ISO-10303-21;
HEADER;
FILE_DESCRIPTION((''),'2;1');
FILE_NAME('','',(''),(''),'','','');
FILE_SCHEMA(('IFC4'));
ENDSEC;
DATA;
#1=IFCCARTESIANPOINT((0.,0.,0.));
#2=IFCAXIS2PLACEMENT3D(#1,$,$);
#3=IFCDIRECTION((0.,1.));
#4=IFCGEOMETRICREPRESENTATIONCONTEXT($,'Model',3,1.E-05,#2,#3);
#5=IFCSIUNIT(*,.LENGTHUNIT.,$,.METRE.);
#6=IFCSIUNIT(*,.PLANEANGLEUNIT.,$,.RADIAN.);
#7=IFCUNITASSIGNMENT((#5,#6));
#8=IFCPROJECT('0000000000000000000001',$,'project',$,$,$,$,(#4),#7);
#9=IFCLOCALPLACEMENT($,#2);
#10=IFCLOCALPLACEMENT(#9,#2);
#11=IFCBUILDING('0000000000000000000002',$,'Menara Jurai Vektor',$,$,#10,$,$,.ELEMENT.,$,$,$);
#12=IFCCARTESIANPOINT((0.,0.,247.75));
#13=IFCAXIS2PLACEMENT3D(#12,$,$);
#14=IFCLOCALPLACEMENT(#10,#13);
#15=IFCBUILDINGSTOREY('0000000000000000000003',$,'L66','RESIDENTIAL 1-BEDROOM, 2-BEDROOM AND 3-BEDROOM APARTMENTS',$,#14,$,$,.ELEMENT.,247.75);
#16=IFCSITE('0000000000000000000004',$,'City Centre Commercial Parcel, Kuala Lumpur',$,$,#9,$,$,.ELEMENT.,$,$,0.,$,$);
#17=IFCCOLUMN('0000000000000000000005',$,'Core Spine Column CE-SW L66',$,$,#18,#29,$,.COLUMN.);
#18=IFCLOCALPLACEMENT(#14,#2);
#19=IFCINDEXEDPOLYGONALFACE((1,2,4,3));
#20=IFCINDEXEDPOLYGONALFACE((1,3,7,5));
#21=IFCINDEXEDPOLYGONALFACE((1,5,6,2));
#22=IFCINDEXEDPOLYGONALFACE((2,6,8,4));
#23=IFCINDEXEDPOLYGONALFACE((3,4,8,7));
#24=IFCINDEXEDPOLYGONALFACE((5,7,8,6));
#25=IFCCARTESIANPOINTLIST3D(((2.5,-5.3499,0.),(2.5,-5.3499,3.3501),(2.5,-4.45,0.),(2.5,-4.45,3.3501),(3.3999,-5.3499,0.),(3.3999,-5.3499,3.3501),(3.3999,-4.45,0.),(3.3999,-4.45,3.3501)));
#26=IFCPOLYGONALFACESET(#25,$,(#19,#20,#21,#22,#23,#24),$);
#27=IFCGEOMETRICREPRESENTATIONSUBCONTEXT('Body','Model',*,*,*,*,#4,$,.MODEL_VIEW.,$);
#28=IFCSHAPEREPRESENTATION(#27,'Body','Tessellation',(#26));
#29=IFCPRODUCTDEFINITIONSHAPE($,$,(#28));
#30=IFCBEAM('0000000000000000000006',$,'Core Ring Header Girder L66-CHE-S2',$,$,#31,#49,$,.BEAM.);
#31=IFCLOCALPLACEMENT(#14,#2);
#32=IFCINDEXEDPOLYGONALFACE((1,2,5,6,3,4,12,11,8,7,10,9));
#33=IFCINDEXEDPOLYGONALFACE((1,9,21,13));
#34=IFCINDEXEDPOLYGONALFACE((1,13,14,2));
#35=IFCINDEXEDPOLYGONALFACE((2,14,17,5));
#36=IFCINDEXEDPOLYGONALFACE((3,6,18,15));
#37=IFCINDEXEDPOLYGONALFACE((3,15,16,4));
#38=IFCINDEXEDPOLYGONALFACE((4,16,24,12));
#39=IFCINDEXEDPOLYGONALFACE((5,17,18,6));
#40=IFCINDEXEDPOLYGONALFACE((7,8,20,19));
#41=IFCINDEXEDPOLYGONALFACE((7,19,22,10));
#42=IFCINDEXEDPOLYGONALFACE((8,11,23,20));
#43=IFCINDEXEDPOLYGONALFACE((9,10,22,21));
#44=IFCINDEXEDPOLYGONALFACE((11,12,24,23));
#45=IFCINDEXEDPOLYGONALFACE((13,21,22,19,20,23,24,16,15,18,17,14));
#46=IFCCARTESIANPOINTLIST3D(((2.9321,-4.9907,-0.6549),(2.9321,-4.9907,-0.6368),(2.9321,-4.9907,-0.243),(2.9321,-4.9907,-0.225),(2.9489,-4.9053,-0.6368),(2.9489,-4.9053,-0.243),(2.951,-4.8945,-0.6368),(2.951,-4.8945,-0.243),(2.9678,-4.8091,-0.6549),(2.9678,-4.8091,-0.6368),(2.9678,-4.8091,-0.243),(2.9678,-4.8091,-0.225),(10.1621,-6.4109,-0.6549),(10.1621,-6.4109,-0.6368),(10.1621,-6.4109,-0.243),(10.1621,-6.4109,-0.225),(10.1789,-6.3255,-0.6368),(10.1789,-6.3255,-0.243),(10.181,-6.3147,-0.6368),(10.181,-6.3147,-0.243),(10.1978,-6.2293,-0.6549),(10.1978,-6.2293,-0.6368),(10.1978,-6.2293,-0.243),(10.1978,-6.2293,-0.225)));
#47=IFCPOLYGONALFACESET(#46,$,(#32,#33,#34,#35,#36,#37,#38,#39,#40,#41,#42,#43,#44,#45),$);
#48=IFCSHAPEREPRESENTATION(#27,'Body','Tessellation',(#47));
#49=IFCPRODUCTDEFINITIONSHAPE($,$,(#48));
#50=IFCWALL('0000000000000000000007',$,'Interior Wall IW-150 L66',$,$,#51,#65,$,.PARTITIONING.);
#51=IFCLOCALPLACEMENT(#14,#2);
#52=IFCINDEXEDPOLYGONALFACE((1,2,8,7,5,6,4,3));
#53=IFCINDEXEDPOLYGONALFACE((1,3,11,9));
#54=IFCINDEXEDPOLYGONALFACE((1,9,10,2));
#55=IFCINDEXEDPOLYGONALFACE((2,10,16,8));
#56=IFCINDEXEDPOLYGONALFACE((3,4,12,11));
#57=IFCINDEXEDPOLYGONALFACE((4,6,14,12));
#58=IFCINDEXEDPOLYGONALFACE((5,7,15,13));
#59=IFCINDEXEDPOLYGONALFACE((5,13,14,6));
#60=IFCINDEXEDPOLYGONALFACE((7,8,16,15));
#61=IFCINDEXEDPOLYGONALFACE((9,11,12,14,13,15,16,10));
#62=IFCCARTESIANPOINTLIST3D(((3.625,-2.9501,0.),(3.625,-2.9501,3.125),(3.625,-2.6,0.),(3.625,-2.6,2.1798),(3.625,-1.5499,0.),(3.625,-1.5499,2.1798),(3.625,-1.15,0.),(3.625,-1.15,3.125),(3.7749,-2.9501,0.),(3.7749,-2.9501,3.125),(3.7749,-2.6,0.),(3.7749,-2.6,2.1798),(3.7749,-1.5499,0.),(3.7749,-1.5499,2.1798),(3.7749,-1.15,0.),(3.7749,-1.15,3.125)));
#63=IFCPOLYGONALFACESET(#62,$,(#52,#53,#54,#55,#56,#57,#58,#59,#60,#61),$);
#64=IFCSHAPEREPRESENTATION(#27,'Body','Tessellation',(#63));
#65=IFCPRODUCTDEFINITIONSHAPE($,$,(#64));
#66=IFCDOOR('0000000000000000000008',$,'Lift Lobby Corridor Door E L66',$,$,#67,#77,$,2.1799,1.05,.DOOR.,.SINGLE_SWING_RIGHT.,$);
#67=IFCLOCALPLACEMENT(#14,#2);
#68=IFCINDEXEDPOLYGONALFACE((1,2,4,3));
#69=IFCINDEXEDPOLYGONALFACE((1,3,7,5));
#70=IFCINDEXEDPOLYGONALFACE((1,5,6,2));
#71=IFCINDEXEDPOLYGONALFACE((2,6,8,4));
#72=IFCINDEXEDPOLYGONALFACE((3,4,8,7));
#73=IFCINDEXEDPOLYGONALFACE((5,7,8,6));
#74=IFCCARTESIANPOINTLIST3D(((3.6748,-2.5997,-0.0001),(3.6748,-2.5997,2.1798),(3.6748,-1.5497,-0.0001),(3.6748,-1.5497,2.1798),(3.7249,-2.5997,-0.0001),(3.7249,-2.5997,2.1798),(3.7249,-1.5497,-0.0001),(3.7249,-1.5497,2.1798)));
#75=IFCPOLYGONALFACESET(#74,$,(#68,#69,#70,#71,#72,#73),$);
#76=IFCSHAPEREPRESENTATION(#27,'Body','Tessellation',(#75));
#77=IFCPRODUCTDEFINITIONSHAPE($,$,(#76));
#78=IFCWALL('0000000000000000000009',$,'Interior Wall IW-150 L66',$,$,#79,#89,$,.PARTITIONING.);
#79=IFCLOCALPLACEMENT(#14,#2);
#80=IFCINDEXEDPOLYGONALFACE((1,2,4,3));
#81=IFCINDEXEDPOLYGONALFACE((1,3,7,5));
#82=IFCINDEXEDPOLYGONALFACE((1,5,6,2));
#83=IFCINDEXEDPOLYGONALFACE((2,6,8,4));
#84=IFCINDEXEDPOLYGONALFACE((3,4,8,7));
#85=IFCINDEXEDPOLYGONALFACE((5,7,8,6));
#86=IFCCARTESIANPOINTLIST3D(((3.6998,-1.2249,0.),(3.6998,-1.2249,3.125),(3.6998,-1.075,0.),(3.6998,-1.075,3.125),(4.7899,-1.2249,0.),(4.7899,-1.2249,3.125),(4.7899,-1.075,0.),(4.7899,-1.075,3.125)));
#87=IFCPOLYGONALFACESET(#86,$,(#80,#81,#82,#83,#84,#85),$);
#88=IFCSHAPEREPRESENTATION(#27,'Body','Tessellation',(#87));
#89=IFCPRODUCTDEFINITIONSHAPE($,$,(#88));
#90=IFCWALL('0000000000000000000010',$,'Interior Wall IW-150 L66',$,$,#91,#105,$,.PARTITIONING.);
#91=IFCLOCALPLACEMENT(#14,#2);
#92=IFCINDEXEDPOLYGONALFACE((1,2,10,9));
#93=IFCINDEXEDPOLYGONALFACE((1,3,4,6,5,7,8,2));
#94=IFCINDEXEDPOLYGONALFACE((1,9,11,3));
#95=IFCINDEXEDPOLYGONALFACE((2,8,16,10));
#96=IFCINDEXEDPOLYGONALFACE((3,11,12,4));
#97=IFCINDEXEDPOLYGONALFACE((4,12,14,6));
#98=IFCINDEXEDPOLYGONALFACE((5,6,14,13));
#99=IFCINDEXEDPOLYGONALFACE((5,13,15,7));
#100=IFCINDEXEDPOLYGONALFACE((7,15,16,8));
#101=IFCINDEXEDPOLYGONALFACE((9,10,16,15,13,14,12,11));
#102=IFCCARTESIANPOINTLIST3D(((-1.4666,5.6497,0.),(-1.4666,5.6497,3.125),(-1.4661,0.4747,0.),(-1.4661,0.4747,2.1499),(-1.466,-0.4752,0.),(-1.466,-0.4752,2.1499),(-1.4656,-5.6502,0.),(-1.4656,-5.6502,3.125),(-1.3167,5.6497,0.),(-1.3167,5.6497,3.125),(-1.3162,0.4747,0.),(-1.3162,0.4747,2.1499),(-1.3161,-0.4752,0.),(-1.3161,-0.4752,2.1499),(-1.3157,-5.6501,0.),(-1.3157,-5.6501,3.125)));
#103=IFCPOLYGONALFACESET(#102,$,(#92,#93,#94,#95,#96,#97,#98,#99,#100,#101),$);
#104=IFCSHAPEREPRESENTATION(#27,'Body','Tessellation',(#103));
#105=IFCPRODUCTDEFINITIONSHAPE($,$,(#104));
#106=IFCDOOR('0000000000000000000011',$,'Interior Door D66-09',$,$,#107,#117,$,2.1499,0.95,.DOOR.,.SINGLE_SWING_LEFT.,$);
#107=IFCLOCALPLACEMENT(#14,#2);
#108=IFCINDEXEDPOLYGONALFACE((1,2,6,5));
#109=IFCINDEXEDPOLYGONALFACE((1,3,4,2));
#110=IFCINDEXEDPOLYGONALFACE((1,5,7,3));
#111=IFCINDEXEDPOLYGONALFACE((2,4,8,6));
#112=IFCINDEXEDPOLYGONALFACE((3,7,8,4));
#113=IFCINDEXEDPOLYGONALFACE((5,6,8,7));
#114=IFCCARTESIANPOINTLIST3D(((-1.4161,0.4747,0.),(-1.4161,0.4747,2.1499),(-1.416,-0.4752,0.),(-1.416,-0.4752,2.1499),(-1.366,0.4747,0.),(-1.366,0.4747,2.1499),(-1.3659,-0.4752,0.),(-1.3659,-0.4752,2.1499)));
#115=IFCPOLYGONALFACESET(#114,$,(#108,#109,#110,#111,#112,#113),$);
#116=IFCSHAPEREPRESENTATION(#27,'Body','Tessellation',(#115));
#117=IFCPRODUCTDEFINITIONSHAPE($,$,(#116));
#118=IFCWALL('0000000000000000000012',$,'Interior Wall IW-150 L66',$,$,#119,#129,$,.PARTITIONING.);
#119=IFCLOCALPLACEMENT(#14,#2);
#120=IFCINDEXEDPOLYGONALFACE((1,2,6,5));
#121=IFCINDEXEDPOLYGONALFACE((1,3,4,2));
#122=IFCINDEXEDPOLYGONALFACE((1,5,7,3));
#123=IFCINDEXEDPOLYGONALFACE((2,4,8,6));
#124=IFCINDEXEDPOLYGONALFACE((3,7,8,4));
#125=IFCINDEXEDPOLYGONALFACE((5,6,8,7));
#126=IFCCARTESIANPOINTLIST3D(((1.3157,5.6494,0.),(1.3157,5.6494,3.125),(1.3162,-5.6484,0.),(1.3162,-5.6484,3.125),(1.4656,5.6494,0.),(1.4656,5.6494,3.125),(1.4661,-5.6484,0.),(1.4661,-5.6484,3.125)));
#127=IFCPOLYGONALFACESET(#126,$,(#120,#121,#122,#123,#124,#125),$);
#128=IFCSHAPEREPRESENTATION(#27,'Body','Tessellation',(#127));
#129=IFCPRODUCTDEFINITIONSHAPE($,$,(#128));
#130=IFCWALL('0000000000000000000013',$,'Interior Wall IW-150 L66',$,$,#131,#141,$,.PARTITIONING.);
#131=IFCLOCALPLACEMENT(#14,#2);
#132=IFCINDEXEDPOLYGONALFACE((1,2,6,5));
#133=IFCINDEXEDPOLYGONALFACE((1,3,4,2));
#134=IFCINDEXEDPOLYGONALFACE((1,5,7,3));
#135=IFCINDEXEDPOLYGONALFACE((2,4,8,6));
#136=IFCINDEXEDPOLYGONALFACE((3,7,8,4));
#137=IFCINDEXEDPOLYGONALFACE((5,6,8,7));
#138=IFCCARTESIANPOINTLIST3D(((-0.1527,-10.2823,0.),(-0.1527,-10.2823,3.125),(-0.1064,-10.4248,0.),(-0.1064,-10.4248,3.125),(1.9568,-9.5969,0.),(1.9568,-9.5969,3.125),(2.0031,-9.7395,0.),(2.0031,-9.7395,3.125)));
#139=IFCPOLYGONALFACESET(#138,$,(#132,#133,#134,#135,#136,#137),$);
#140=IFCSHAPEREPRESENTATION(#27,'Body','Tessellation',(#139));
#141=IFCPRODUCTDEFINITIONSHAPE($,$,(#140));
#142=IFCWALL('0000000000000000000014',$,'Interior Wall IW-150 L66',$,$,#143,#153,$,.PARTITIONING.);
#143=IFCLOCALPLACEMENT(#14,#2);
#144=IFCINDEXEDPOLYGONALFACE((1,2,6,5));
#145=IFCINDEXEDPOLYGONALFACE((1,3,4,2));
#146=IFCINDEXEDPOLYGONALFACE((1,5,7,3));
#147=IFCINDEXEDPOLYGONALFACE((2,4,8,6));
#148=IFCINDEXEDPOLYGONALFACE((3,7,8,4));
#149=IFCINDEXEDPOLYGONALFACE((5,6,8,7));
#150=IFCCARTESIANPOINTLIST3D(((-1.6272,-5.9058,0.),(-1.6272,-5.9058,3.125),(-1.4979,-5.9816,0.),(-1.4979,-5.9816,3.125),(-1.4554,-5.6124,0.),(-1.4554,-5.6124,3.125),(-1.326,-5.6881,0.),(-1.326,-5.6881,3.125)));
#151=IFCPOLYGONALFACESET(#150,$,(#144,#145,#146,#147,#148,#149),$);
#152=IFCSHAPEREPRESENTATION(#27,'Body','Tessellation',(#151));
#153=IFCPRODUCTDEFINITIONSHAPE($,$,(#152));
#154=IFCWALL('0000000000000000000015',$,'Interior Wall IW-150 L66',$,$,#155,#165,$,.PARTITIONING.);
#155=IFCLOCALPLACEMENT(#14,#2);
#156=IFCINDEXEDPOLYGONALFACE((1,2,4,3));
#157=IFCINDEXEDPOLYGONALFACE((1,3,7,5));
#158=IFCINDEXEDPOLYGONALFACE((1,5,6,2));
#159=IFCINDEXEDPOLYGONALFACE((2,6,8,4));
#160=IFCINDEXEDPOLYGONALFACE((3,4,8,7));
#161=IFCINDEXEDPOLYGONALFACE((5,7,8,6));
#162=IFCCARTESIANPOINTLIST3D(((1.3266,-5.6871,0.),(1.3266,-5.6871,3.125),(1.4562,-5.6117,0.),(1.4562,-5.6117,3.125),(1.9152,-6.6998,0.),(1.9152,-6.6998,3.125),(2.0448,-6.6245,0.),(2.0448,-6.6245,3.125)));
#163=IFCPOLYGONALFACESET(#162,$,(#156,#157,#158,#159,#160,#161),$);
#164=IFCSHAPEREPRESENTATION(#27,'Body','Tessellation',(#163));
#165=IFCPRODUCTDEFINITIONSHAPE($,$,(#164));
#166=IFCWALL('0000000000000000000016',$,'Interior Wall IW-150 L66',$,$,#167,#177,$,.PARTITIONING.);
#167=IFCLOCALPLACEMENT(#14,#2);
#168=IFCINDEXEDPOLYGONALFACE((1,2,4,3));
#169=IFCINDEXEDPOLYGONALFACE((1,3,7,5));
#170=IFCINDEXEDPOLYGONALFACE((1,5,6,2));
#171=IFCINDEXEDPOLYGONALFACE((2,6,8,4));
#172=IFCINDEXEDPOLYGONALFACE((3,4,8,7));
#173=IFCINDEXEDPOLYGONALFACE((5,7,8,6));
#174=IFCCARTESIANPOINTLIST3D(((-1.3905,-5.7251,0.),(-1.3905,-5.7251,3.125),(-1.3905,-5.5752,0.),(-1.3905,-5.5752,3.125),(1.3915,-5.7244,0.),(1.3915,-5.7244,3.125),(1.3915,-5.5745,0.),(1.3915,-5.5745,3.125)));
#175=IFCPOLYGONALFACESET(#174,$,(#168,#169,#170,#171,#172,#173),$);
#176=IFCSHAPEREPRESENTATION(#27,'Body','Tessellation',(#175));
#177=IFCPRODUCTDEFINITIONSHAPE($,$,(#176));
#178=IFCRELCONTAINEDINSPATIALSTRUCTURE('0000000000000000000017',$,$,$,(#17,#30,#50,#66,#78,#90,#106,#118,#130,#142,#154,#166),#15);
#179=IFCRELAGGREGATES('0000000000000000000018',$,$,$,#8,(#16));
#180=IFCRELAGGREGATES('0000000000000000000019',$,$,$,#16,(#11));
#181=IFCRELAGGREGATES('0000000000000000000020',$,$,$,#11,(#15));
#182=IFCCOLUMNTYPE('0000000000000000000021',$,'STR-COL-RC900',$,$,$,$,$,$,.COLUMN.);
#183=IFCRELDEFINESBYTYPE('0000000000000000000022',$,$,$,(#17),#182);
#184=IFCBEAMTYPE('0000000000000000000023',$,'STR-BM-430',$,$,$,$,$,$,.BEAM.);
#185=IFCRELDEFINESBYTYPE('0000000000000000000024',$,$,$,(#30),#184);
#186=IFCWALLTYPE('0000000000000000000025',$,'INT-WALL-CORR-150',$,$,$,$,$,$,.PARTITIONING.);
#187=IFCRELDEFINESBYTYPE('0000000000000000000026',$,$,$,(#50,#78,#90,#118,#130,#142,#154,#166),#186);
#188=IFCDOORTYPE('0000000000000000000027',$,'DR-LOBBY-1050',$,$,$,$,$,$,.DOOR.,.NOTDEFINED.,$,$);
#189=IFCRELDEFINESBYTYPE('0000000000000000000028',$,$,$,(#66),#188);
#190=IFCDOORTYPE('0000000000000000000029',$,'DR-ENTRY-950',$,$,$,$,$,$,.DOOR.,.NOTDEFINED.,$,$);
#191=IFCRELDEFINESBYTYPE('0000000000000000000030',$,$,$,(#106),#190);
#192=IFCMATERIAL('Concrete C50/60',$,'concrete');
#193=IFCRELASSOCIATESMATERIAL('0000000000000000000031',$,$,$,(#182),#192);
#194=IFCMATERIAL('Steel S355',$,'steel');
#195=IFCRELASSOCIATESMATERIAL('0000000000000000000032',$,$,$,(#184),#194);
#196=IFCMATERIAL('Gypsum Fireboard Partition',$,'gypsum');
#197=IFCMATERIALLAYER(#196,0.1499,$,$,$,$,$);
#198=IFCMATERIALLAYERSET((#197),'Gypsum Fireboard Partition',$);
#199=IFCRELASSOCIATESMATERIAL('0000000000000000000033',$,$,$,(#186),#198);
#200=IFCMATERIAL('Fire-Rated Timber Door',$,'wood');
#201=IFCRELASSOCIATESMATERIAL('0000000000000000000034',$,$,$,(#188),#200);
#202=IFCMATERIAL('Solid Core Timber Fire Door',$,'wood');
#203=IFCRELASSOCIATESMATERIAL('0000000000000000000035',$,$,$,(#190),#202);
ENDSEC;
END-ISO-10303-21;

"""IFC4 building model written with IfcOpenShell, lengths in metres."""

from ifc_helpers import new_model, si_unit, direction, frame, frame_2d, origin, origin_2d, place, context, subcontext, project, spatial, rectangle, i_section, extrude, material, layer, layer_set, material_profile, profile_set, type_object, element, fill, save


model = new_model("IFC4")

# Units and contexts
model_context = context("Model", 3, precision=1e-05, world=origin(), true_north=direction((0.0, 1.0)))
body_context = subcontext(model_context, "Body", "Model", "MODEL_VIEW")
ifc_project = project(units=[si_unit("LENGTHUNIT", "METRE"), si_unit("PLANEANGLEUNIT", "RADIAN")], contexts=[model_context])

# Site, building, storey
site_placement = place(None, origin())
site = spatial("IfcSite", under=ifc_project, at=site_placement, Name="City Centre Commercial Parcel, Kuala Lumpur", CompositionType="ELEMENT", RefElevation=0.0)
building_placement = place(site_placement, origin())
building = spatial("IfcBuilding", under=site, at=building_placement, Name="Menara Jurai Vektor", CompositionType="ELEMENT")
storey_placement = place(building_placement, frame((0.0, 0.0, 247.75)))
storey = spatial("IfcBuildingStorey", under=building, at=storey_placement, Name="L66", Description="RESIDENTIAL 1-BEDROOM, 2-BEDROOM AND 3-BEDROOM APARTMENTS", CompositionType="ELEMENT", Elevation=247.75)

# Column
ifc_material_1 = material(Name="Concrete C50/60", Category="concrete")
ifc_material_profile_1 = material_profile(ifc_material_1, rectangle(XDim=0.8999, YDim=0.8999, at=origin_2d()), Name="RC 900x900")
ifc_profile_set_1 = profile_set([ifc_material_profile_1], Name="Concrete C50/60")
column_type = type_object("IfcColumnType", Name="STR-COL-RC900", PredefinedType="COLUMN", material=ifc_profile_set_1)
column_placement = place(storey_placement, frame((2.95, -4.8999, 0.0), z_axis=(0.0, 0.0, 1.0), x_axis=(1.0, 0.0, 0.0)))
element("IfcColumn", 1, at=column_placement, inside=storey, type_object=column_type, Name="Core Spine Column CE-SW L66", PredefinedType="COLUMN", context=body_context, shape_type="SweptSolid", body=[
    extrude(rectangle(XDim=0.8999, YDim=0.8999, at=origin_2d()), origin(), (0.0, 0.0, 1.0), 3.3501),
])

# Beam
ifc_material_2 = material(Name="Steel S355", Category="steel")
ifc_material_profile_2 = material_profile(ifc_material_2, i_section(OverallWidth=0.1851, OverallDepth=0.4299, WebThickness=0.011, FlangeThickness=0.0181, at=origin_2d()), Name="PG 430x185x76")
ifc_profile_set_2 = profile_set([ifc_material_profile_2], Name="Steel S355")
beam_type = type_object("IfcBeamType", Name="STR-BM-430", PredefinedType="BEAM", material=ifc_profile_set_2)
beam_placement = place(storey_placement, frame((2.95, -4.8999, -0.4399), z_axis=(0.981249, -0.192744, 0.0), x_axis=(0.192744, 0.981249, 0.0)))
element("IfcBeam", 2, at=beam_placement, inside=storey, type_object=beam_type, Name="Core Ring Header Girder L66-CHE-S2", PredefinedType="BEAM", context=body_context, shape_type="SweptSolid", body=[
    extrude(i_section(OverallWidth=0.1851, OverallDepth=0.4299, WebThickness=0.011, FlangeThickness=0.0181, at=origin_2d()), origin(), (0.0, 0.0, 1.0), 7.3682),
])

# Wall, opening, door
ifc_material_3 = material(Name="Gypsum Fireboard Partition", Category="gypsum")
ifc_layer_1 = layer(ifc_material_3, 0.1499)
ifc_layer_set_1 = layer_set([ifc_layer_1], Name="Gypsum Fireboard Partition")
wall_type_1 = type_object("IfcWallType", Name="INT-WALL-CORR-150", PredefinedType="PARTITIONING", material=ifc_layer_set_1)
wall_1_placement = place(storey_placement, frame((3.7, -2.95, 0.0), z_axis=(0.0, 0.0, 1.0), x_axis=(0.0, 1.0, 0.0)))
wall_1 = element("IfcWall", 3, at=wall_1_placement, inside=storey, type_object=wall_type_1, Name="Interior Wall IW-150 L66", PredefinedType="PARTITIONING", context=body_context, shape_type="SweptSolid", body=[
    extrude(rectangle(XDim=1.8, YDim=0.1499, at=frame_2d((0.8999, 0.0))), origin(), (0.0, 0.0, 1.0), 3.125),
])
opening_1_placement = place(wall_1_placement, frame((0.3501, 0.0, 0.0)))
opening_1 = element("IfcOpeningElement", 4, at=opening_1_placement, cuts=wall_1, PredefinedType="OPENING", context=body_context, shape_type="SweptSolid", body=[
    extrude(rectangle(XDim=1.05, YDim=2.1799, at=frame_2d((0.5249, 1.0898))), frame((0.0, 0.085, 0.0), z_axis=(0.0, -1.0, 0.0), x_axis=(1.0, 0.0, 0.0)), (0.0, 0.0, 1.0), 0.1699),
])
ifc_material_4 = material(Name="Fire-Rated Timber Door", Category="wood")
door_type_1 = type_object("IfcDoorType", Name="DR-LOBBY-1050", OperationType="NOTDEFINED", PredefinedType="DOOR", material=ifc_material_4)
door_1_placement = place(opening_1_placement, frame((1.05, 0.0, 0.0), z_axis=(0.0, 0.0, 1.0), x_axis=(-1.0, 0.0, 0.0)))
door_1 = element("IfcDoor", 5, at=door_1_placement, inside=storey, type_object=door_type_1, Name="Lift Lobby Corridor Door E L66", OperationType="SINGLE_SWING_RIGHT", OverallHeight=2.1799, OverallWidth=1.05, PredefinedType="DOOR", context=body_context, shape_type="SweptSolid", body=[
    extrude(rectangle(XDim=1.05, YDim=2.1799, at=frame_2d((0.5249, 1.0898))), frame((0.0, 0.0249, 0.0), z_axis=(0.0, -1.0, 0.0), x_axis=(1.0, 0.0, 0.0)), (0.0, 0.0, 1.0), 0.05),
])
fill(opening_1, door_1)

# Wall
wall_2_placement = place(storey_placement, frame((3.7, -1.1499, 0.0), z_axis=(0.0, 0.0, 1.0), x_axis=(1.0, 0.0, 0.0)))
element("IfcWall", 6, at=wall_2_placement, inside=storey, type_object=wall_type_1, Name="Interior Wall IW-150 L66", PredefinedType="PARTITIONING", context=body_context, shape_type="SweptSolid", body=[
    extrude(rectangle(XDim=1.0901, YDim=0.1499, at=frame_2d((0.5449, 0.0))), origin(), (0.0, 0.0, 1.0), 3.125),
])

# Wall, opening, door
wall_3_placement = place(storey_placement, frame((-1.3906, -5.6501, 0.0), z_axis=(0.0, 0.0, 1.0), x_axis=(-0.000086, 1.0, 0.0)))
wall_3 = element("IfcWall", 7, at=wall_3_placement, inside=storey, type_object=wall_type_1, Name="Interior Wall IW-150 L66", PredefinedType="PARTITIONING", context=body_context, shape_type="SweptSolid", body=[
    extrude(rectangle(XDim=11.2998, YDim=0.1499, at=frame_2d((5.6499, 0.0))), origin(), (0.0, 0.0, 1.0), 3.125),
])
opening_2_placement = place(wall_3_placement, frame((5.1748, 0.0, 0.0)))
opening_2 = element("IfcOpeningElement", 8, at=opening_2_placement, cuts=wall_3, PredefinedType="OPENING", context=body_context, shape_type="SweptSolid", body=[
    extrude(rectangle(XDim=0.95, YDim=2.1499, at=frame_2d((0.4751, 1.075))), frame((0.0, 0.085, 0.0), z_axis=(0.0, -1.0, 0.0), x_axis=(1.0, 0.0, 0.0)), (0.0, 0.0, 1.0), 0.1699),
])
ifc_material_5 = material(Name="Solid Core Timber Fire Door", Category="wood")
door_type_2 = type_object("IfcDoorType", Name="DR-ENTRY-950", OperationType="NOTDEFINED", PredefinedType="DOOR", material=ifc_material_5)
door_2_placement = place(opening_2_placement, origin())
door_2 = element("IfcDoor", 9, at=door_2_placement, inside=storey, type_object=door_type_2, Name="Interior Door D66-09", OperationType="SINGLE_SWING_LEFT", OverallHeight=2.1499, OverallWidth=0.95, PredefinedType="DOOR", context=body_context, shape_type="SweptSolid", body=[
    extrude(rectangle(XDim=0.95, YDim=2.1499, at=frame_2d((0.4751, 1.075))), frame((0.0, 0.0249, 0.0), z_axis=(0.0, -1.0, 0.0), x_axis=(1.0, 0.0, 0.0)), (0.0, 0.0, 1.0), 0.05),
])
fill(opening_2, door_2)

# Walls
wall_4_placement = place(storey_placement, frame((1.3911, -5.6484, 0.0), z_axis=(0.0, 0.0, 1.0), x_axis=(-0.000043, 1.0, 0.0)))
element("IfcWall", 10, at=wall_4_placement, inside=storey, type_object=wall_type_1, Name="Interior Wall IW-150 L66", PredefinedType="PARTITIONING", context=body_context, shape_type="SweptSolid", body=[
    extrude(rectangle(XDim=11.2979, YDim=0.1499, at=frame_2d((5.6489, 0.0))), origin(), (0.0, 0.0, 1.0), 3.125),
])
wall_5_placement = place(storey_placement, frame((-0.1294, -10.3535, 0.0), z_axis=(0.0, 0.0, 1.0), x_axis=(0.951066, 0.308987, 0.0)))
element("IfcWall", 11, at=wall_5_placement, inside=storey, type_object=wall_type_1, Name="Interior Wall IW-150 L66", PredefinedType="PARTITIONING", context=body_context, shape_type="SweptSolid", body=[
    extrude(rectangle(XDim=2.218, YDim=0.1499, at=frame_2d((1.1089, 0.0))), origin(), (0.0, 0.0, 1.0), 3.125),
])
wall_6_placement = place(storey_placement, frame((-1.5625, -5.9436, 0.0), z_axis=(0.0, 0.0, 1.0), x_axis=(0.505388, 0.862892, 0.0)))
element("IfcWall", 12, at=wall_6_placement, inside=storey, type_object=wall_type_1, Name="Interior Wall IW-150 L66", PredefinedType="PARTITIONING", context=body_context, shape_type="SweptSolid", body=[
    extrude(rectangle(XDim=0.3401, YDim=0.1499, at=frame_2d((0.1699, 0.0))), origin(), (0.0, 0.0, 1.0), 3.125),
])

# Walls
wall_7_placement = place(storey_placement, frame((1.3914, -5.6494, 0.0), z_axis=(0.0, 0.0, 1.0), x_axis=(0.502523, -0.864564, 0.0)))
element("IfcWall", 13, at=wall_7_placement, inside=storey, type_object=wall_type_1, Name="Interior Wall IW-150 L66", PredefinedType="PARTITIONING", context=body_context, shape_type="SweptSolid", body=[
    extrude(rectangle(XDim=1.1714, YDim=0.1499, at=frame_2d((0.5857, 0.0))), origin(), (0.0, 0.0, 1.0), 3.125),
])
wall_8_placement = place(storey_placement, frame((-1.3906, -5.6501, 0.0), z_axis=(0.0, 0.0, 1.0), x_axis=(1.0, 0.000263, 0.0)))
element("IfcWall", 14, at=wall_8_placement, inside=storey, type_object=wall_type_1, Name="Interior Wall IW-150 L66", PredefinedType="PARTITIONING", context=body_context, shape_type="SweptSolid", body=[
    extrude(rectangle(XDim=2.782, YDim=0.1499, at=frame_2d((1.3911, 0.0))), origin(), (0.0, 0.0, 1.0), 3.125),
])

save(model, "model.ifc")
